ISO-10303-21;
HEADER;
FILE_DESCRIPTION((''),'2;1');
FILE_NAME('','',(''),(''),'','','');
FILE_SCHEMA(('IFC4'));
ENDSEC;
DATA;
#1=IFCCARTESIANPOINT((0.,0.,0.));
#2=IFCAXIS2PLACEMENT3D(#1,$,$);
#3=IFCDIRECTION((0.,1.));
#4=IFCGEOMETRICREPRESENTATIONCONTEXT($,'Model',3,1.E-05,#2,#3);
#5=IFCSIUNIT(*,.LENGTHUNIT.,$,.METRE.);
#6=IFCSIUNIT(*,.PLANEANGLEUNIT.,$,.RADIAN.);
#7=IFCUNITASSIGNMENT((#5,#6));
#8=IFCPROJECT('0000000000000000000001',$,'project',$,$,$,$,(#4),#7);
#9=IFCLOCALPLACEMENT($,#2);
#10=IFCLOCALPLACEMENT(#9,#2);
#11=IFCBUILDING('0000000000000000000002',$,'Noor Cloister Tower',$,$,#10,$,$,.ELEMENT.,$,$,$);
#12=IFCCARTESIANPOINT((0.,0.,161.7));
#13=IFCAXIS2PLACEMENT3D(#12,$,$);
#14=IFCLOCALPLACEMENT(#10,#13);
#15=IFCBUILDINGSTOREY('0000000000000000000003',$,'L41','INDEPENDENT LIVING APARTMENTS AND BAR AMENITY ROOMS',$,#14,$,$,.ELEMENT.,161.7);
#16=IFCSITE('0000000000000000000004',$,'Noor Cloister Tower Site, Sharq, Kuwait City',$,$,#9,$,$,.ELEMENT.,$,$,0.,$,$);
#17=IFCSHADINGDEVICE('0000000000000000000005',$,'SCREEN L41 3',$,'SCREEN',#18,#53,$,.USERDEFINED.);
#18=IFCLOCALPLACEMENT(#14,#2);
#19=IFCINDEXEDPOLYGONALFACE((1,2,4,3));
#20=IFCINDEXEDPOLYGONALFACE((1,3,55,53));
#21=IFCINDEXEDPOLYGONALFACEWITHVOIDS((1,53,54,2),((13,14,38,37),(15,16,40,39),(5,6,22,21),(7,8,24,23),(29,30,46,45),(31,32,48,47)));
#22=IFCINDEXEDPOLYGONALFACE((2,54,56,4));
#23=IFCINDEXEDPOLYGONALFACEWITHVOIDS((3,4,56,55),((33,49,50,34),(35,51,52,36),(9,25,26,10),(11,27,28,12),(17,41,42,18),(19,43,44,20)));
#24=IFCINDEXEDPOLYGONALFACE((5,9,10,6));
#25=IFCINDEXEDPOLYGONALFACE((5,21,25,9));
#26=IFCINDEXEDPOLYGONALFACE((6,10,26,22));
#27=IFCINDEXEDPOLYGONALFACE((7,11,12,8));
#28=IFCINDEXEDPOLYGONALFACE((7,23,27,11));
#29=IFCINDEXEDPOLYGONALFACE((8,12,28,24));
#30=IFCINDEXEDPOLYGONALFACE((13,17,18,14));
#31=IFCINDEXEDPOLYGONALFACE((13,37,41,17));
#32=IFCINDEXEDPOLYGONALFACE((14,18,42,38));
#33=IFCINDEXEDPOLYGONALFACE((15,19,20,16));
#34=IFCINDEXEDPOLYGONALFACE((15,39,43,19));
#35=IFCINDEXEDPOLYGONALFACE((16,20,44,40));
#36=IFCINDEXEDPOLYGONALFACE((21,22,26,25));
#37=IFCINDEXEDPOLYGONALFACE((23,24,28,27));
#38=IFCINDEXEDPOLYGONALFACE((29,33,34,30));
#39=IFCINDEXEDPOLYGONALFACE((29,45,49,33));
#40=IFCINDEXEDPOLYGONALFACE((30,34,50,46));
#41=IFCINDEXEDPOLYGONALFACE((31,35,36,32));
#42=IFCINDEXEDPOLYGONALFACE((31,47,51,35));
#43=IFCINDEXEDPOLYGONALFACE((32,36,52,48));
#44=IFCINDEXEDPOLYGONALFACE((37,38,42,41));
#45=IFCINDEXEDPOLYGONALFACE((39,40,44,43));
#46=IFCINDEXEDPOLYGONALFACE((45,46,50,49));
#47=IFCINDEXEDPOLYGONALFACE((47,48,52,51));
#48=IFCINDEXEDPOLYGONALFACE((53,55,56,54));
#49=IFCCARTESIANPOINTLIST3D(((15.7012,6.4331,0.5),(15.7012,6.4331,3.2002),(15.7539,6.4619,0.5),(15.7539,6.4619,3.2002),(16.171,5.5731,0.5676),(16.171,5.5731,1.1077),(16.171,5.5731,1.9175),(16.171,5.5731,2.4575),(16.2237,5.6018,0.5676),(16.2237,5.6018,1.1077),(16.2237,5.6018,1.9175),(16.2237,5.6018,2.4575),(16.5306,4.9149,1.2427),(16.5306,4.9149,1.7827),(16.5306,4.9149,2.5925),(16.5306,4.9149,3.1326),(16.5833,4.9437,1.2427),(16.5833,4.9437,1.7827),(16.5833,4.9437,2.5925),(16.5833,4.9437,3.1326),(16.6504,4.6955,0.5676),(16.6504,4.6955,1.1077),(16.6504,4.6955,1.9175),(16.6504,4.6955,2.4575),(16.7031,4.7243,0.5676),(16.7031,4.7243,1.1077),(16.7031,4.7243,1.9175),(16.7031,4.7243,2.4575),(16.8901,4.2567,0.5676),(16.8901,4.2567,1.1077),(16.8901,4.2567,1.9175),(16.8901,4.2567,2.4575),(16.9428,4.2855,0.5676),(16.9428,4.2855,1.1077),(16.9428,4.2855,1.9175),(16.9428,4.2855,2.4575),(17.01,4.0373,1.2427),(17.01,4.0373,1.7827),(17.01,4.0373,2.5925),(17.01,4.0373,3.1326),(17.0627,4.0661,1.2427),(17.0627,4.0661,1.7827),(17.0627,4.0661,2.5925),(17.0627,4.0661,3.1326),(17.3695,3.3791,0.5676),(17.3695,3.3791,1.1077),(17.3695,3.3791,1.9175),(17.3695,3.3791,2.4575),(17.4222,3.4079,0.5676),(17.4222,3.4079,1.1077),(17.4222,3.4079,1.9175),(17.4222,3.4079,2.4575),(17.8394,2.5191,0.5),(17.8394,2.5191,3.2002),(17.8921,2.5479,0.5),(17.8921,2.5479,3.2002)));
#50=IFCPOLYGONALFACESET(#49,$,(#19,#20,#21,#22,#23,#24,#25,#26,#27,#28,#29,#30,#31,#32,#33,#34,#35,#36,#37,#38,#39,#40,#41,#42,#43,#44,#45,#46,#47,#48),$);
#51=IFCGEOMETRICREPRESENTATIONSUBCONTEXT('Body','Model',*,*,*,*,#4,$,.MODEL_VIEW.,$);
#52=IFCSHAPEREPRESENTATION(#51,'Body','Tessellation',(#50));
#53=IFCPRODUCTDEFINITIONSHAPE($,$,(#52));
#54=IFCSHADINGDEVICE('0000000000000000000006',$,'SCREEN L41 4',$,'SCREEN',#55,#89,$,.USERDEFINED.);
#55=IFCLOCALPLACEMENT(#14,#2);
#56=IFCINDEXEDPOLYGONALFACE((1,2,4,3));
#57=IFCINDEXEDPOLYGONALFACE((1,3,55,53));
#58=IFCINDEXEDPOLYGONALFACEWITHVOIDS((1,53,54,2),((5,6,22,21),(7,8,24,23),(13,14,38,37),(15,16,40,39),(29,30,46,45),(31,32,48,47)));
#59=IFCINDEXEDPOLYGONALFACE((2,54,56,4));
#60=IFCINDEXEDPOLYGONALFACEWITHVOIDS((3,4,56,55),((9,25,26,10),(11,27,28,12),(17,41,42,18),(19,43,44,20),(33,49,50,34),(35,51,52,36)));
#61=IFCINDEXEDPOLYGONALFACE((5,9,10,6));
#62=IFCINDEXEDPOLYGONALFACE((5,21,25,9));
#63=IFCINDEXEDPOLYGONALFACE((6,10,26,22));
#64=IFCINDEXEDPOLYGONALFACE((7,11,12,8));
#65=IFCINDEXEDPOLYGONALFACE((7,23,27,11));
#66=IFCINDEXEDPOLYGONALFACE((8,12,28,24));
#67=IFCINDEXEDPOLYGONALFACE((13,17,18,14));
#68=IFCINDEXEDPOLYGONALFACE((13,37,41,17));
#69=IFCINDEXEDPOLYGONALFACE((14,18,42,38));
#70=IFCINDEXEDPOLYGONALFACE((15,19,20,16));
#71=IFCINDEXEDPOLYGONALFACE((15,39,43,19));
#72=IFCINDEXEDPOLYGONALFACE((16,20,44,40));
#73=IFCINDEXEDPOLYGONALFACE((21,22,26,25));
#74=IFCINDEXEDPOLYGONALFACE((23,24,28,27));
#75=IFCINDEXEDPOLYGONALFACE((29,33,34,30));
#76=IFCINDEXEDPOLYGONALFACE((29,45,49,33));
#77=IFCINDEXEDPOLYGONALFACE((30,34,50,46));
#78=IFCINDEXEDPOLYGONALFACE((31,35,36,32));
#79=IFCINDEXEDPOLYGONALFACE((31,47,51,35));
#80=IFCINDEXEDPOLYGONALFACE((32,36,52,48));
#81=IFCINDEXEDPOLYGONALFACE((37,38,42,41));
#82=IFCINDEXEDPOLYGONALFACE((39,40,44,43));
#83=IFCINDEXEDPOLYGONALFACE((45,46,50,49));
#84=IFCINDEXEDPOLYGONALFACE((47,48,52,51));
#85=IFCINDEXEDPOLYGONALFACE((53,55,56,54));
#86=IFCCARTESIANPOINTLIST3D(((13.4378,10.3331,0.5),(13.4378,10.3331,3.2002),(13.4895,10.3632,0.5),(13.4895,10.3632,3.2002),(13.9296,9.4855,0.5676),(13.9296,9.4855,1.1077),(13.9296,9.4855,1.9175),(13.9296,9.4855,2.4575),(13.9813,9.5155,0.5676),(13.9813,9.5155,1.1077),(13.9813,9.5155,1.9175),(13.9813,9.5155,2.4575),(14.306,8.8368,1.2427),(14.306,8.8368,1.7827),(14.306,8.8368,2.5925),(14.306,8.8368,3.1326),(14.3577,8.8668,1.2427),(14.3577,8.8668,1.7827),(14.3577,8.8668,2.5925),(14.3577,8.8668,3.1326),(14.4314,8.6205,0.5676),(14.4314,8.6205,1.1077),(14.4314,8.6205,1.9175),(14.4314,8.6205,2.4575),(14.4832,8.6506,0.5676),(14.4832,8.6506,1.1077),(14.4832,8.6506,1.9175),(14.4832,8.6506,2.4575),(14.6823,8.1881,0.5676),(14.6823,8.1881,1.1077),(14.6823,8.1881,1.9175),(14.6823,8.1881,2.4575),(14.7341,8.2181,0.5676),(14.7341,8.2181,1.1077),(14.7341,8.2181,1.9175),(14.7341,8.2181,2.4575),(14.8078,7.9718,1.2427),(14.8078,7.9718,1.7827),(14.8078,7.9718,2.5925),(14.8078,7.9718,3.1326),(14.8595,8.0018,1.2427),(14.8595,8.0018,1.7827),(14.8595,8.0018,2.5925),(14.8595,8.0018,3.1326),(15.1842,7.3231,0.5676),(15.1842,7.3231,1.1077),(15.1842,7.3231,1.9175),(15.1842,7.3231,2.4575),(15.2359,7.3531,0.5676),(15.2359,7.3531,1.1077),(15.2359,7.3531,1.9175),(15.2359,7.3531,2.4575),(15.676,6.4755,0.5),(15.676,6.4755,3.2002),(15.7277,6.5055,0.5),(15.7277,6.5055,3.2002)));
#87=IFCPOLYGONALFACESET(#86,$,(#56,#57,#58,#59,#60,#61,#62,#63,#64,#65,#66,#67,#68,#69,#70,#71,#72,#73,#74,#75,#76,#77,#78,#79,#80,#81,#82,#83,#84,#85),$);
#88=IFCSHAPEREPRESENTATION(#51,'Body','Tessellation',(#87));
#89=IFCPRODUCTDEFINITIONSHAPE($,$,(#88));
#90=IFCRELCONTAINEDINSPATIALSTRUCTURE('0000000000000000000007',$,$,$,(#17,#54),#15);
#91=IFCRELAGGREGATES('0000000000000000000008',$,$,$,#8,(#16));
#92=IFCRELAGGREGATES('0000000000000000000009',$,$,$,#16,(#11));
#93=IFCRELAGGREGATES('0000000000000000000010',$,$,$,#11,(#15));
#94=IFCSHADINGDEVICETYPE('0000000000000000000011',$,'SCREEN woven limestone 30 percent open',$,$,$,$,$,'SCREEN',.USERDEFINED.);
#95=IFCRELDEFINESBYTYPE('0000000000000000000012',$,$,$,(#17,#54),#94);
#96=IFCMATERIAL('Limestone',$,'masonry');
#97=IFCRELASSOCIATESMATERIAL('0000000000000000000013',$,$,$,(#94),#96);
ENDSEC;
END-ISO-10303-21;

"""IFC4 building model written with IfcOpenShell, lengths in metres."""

from ifc_helpers import new_model, si_unit, direction, frame, origin, place, context, subcontext, project, spatial, polyline, outline, extrude, material, material_profile, profile_set, type_object, element, save


model = new_model("IFC4")

# Units and contexts
model_context = context("Model", 3, precision=1e-05, world=origin(), true_north=direction((0.0, 1.0)))
body_context = subcontext(model_context, "Body", "Model", "MODEL_VIEW")
ifc_project = project(units=[si_unit("LENGTHUNIT", "METRE"), si_unit("PLANEANGLEUNIT", "RADIAN")], contexts=[model_context])

# Site, building, storey
site_placement = place(None, origin())
site = spatial("IfcSite", under=ifc_project, at=site_placement, Name="Noor Cloister Tower Site, Sharq, Kuwait City", CompositionType="ELEMENT", RefElevation=0.0)
building_placement = place(site_placement, origin())
building = spatial("IfcBuilding", under=site, at=building_placement, Name="Noor Cloister Tower", CompositionType="ELEMENT")
storey_placement = place(building_placement, frame((0.0, 0.0, 161.7)))
storey = spatial("IfcBuildingStorey", under=building, at=storey_placement, Name="L41", Description="INDEPENDENT LIVING APARTMENTS AND BAR AMENITY ROOMS", CompositionType="ELEMENT", Elevation=161.7)

# Shading devices
ifc_material_1 = material(Name="Limestone", Category="masonry")
ifc_material_profile_1 = material_profile(ifc_material_1, outline(polyline([(-2.23, -1.3501), (2.23, -1.3501), (2.23, 1.3501), (-2.23, 1.3501), (-2.23, -1.3501)]), holes=[polyline([(-1.25, -1.2825), (-0.25, -1.2825), (-0.25, -0.7424), (-1.25, -0.7424), (-1.25, -1.2825)]), polyline([(0.25, -1.2825), (1.25, -1.2825), (1.25, -0.7424), (0.25, -0.7424), (0.25, -1.2825)]), polyline([(-0.5, -0.6074), (0.5, -0.6074), (0.5, -0.0674), (-0.5, -0.0674), (-0.5, -0.6074)]), polyline([(-1.25, 0.0674), (-0.25, 0.0674), (-0.25, 0.6074), (-1.25, 0.6074), (-1.25, 0.0674)]), polyline([(0.25, 0.0674), (1.25, 0.0674), (1.25, 0.6074), (0.25, 0.6074), (0.25, 0.0674)]), polyline([(-0.5, 0.7424), (0.5, 0.7424), (0.5, 1.2825), (-0.5, 1.2825), (-0.5, 0.7424)])]), Name="Woven screen 30 percent open")
ifc_profile_set_1 = profile_set([ifc_material_profile_1], Name="Limestone")
shading_device_type = type_object("IfcShadingDeviceType", Name="SCREEN woven limestone 30 percent open", ElementType="SCREEN", PredefinedType="USERDEFINED", material=ifc_profile_set_1)
for number, where, z_axis, x_axis, name in (
    (1, (16.7703, 4.4761, 1.8501), (0.877585, 0.479421, 0.0), (-0.479421, 0.877585, 0.0), "SCREEN L41 3"),
):
    element("IfcShadingDevice", number, at=place(storey_placement, frame(where, z_axis=z_axis, x_axis=x_axis)), inside=storey, type_object=shading_device_type, Name=name, ObjectType="SCREEN", PredefinedType="USERDEFINED", context=body_context, shape_type="SweptSolid", body=[
        extrude(outline(polyline([(-2.23, -1.3501), (2.23, -1.3501), (2.23, 1.3501), (-2.23, 1.3501), (-2.23, -1.3501)]), holes=[polyline([(-1.25, -1.2825), (-0.25, -1.2825), (-0.25, -0.7424), (-1.25, -0.7424), (-1.25, -1.2825)]), polyline([(0.25, -1.2825), (1.25, -1.2825), (1.25, -0.7424), (0.25, -0.7424), (0.25, -1.2825)]), polyline([(-0.5, -0.6074), (0.5, -0.6074), (0.5, -0.0674), (-0.5, -0.0674), (-0.5, -0.6074)]), polyline([(-1.25, 0.0674), (-0.25, 0.0674), (-0.25, 0.6074), (-1.25, 0.6074), (-1.25, 0.0674)]), polyline([(0.25, 0.0674), (1.25, 0.0674), (1.25, 0.6074), (0.25, 0.6074), (0.25, 0.0674)]), polyline([(-0.5, 0.7424), (0.5, 0.7424), (0.5, 1.2825), (-0.5, 1.2825), (-0.5, 0.7424)])]), origin(), (0.0, 0.0, 1.0), 0.0601),
    ])
shading_device_placement = place(storey_placement, frame((14.5569, 8.4043, 1.8501), z_axis=(0.86496, 0.50184, 0.0), x_axis=(-0.50184, 0.86496, 0.0)))
element("IfcShadingDevice", 2, at=shading_device_placement, inside=storey, type_object=shading_device_type, Name="SCREEN L41 4", ObjectType="SCREEN", PredefinedType="USERDEFINED", context=body_context, shape_type="SweptSolid", body=[
    extrude(outline(polyline([(-2.23, -1.3501), (2.23, -1.3501), (2.23, 1.3501), (-2.23, 1.3501), (-2.23, -1.3501)]), holes=[polyline([(-1.25, -1.2825), (-0.25, -1.2825), (-0.25, -0.7424), (-1.25, -0.7424), (-1.25, -1.2825)]), polyline([(0.25, -1.2825), (1.25, -1.2825), (1.25, -0.7424), (0.25, -0.7424), (0.25, -1.2825)]), polyline([(-0.5, -0.6074), (0.5, -0.6074), (0.5, -0.0674), (-0.5, -0.0674), (-0.5, -0.6074)]), polyline([(-1.25, 0.0674), (-0.25, 0.0674), (-0.25, 0.6074), (-1.25, 0.6074), (-1.25, 0.0674)]), polyline([(0.25, 0.0674), (1.25, 0.0674), (1.25, 0.6074), (0.25, 0.6074), (0.25, 0.0674)]), polyline([(-0.5, 0.7424), (0.5, 0.7424), (0.5, 1.2825), (-0.5, 1.2825), (-0.5, 0.7424)])]), origin(), (0.0, 0.0, 1.0), 0.0598),
])

save(model, "model.ifc")
